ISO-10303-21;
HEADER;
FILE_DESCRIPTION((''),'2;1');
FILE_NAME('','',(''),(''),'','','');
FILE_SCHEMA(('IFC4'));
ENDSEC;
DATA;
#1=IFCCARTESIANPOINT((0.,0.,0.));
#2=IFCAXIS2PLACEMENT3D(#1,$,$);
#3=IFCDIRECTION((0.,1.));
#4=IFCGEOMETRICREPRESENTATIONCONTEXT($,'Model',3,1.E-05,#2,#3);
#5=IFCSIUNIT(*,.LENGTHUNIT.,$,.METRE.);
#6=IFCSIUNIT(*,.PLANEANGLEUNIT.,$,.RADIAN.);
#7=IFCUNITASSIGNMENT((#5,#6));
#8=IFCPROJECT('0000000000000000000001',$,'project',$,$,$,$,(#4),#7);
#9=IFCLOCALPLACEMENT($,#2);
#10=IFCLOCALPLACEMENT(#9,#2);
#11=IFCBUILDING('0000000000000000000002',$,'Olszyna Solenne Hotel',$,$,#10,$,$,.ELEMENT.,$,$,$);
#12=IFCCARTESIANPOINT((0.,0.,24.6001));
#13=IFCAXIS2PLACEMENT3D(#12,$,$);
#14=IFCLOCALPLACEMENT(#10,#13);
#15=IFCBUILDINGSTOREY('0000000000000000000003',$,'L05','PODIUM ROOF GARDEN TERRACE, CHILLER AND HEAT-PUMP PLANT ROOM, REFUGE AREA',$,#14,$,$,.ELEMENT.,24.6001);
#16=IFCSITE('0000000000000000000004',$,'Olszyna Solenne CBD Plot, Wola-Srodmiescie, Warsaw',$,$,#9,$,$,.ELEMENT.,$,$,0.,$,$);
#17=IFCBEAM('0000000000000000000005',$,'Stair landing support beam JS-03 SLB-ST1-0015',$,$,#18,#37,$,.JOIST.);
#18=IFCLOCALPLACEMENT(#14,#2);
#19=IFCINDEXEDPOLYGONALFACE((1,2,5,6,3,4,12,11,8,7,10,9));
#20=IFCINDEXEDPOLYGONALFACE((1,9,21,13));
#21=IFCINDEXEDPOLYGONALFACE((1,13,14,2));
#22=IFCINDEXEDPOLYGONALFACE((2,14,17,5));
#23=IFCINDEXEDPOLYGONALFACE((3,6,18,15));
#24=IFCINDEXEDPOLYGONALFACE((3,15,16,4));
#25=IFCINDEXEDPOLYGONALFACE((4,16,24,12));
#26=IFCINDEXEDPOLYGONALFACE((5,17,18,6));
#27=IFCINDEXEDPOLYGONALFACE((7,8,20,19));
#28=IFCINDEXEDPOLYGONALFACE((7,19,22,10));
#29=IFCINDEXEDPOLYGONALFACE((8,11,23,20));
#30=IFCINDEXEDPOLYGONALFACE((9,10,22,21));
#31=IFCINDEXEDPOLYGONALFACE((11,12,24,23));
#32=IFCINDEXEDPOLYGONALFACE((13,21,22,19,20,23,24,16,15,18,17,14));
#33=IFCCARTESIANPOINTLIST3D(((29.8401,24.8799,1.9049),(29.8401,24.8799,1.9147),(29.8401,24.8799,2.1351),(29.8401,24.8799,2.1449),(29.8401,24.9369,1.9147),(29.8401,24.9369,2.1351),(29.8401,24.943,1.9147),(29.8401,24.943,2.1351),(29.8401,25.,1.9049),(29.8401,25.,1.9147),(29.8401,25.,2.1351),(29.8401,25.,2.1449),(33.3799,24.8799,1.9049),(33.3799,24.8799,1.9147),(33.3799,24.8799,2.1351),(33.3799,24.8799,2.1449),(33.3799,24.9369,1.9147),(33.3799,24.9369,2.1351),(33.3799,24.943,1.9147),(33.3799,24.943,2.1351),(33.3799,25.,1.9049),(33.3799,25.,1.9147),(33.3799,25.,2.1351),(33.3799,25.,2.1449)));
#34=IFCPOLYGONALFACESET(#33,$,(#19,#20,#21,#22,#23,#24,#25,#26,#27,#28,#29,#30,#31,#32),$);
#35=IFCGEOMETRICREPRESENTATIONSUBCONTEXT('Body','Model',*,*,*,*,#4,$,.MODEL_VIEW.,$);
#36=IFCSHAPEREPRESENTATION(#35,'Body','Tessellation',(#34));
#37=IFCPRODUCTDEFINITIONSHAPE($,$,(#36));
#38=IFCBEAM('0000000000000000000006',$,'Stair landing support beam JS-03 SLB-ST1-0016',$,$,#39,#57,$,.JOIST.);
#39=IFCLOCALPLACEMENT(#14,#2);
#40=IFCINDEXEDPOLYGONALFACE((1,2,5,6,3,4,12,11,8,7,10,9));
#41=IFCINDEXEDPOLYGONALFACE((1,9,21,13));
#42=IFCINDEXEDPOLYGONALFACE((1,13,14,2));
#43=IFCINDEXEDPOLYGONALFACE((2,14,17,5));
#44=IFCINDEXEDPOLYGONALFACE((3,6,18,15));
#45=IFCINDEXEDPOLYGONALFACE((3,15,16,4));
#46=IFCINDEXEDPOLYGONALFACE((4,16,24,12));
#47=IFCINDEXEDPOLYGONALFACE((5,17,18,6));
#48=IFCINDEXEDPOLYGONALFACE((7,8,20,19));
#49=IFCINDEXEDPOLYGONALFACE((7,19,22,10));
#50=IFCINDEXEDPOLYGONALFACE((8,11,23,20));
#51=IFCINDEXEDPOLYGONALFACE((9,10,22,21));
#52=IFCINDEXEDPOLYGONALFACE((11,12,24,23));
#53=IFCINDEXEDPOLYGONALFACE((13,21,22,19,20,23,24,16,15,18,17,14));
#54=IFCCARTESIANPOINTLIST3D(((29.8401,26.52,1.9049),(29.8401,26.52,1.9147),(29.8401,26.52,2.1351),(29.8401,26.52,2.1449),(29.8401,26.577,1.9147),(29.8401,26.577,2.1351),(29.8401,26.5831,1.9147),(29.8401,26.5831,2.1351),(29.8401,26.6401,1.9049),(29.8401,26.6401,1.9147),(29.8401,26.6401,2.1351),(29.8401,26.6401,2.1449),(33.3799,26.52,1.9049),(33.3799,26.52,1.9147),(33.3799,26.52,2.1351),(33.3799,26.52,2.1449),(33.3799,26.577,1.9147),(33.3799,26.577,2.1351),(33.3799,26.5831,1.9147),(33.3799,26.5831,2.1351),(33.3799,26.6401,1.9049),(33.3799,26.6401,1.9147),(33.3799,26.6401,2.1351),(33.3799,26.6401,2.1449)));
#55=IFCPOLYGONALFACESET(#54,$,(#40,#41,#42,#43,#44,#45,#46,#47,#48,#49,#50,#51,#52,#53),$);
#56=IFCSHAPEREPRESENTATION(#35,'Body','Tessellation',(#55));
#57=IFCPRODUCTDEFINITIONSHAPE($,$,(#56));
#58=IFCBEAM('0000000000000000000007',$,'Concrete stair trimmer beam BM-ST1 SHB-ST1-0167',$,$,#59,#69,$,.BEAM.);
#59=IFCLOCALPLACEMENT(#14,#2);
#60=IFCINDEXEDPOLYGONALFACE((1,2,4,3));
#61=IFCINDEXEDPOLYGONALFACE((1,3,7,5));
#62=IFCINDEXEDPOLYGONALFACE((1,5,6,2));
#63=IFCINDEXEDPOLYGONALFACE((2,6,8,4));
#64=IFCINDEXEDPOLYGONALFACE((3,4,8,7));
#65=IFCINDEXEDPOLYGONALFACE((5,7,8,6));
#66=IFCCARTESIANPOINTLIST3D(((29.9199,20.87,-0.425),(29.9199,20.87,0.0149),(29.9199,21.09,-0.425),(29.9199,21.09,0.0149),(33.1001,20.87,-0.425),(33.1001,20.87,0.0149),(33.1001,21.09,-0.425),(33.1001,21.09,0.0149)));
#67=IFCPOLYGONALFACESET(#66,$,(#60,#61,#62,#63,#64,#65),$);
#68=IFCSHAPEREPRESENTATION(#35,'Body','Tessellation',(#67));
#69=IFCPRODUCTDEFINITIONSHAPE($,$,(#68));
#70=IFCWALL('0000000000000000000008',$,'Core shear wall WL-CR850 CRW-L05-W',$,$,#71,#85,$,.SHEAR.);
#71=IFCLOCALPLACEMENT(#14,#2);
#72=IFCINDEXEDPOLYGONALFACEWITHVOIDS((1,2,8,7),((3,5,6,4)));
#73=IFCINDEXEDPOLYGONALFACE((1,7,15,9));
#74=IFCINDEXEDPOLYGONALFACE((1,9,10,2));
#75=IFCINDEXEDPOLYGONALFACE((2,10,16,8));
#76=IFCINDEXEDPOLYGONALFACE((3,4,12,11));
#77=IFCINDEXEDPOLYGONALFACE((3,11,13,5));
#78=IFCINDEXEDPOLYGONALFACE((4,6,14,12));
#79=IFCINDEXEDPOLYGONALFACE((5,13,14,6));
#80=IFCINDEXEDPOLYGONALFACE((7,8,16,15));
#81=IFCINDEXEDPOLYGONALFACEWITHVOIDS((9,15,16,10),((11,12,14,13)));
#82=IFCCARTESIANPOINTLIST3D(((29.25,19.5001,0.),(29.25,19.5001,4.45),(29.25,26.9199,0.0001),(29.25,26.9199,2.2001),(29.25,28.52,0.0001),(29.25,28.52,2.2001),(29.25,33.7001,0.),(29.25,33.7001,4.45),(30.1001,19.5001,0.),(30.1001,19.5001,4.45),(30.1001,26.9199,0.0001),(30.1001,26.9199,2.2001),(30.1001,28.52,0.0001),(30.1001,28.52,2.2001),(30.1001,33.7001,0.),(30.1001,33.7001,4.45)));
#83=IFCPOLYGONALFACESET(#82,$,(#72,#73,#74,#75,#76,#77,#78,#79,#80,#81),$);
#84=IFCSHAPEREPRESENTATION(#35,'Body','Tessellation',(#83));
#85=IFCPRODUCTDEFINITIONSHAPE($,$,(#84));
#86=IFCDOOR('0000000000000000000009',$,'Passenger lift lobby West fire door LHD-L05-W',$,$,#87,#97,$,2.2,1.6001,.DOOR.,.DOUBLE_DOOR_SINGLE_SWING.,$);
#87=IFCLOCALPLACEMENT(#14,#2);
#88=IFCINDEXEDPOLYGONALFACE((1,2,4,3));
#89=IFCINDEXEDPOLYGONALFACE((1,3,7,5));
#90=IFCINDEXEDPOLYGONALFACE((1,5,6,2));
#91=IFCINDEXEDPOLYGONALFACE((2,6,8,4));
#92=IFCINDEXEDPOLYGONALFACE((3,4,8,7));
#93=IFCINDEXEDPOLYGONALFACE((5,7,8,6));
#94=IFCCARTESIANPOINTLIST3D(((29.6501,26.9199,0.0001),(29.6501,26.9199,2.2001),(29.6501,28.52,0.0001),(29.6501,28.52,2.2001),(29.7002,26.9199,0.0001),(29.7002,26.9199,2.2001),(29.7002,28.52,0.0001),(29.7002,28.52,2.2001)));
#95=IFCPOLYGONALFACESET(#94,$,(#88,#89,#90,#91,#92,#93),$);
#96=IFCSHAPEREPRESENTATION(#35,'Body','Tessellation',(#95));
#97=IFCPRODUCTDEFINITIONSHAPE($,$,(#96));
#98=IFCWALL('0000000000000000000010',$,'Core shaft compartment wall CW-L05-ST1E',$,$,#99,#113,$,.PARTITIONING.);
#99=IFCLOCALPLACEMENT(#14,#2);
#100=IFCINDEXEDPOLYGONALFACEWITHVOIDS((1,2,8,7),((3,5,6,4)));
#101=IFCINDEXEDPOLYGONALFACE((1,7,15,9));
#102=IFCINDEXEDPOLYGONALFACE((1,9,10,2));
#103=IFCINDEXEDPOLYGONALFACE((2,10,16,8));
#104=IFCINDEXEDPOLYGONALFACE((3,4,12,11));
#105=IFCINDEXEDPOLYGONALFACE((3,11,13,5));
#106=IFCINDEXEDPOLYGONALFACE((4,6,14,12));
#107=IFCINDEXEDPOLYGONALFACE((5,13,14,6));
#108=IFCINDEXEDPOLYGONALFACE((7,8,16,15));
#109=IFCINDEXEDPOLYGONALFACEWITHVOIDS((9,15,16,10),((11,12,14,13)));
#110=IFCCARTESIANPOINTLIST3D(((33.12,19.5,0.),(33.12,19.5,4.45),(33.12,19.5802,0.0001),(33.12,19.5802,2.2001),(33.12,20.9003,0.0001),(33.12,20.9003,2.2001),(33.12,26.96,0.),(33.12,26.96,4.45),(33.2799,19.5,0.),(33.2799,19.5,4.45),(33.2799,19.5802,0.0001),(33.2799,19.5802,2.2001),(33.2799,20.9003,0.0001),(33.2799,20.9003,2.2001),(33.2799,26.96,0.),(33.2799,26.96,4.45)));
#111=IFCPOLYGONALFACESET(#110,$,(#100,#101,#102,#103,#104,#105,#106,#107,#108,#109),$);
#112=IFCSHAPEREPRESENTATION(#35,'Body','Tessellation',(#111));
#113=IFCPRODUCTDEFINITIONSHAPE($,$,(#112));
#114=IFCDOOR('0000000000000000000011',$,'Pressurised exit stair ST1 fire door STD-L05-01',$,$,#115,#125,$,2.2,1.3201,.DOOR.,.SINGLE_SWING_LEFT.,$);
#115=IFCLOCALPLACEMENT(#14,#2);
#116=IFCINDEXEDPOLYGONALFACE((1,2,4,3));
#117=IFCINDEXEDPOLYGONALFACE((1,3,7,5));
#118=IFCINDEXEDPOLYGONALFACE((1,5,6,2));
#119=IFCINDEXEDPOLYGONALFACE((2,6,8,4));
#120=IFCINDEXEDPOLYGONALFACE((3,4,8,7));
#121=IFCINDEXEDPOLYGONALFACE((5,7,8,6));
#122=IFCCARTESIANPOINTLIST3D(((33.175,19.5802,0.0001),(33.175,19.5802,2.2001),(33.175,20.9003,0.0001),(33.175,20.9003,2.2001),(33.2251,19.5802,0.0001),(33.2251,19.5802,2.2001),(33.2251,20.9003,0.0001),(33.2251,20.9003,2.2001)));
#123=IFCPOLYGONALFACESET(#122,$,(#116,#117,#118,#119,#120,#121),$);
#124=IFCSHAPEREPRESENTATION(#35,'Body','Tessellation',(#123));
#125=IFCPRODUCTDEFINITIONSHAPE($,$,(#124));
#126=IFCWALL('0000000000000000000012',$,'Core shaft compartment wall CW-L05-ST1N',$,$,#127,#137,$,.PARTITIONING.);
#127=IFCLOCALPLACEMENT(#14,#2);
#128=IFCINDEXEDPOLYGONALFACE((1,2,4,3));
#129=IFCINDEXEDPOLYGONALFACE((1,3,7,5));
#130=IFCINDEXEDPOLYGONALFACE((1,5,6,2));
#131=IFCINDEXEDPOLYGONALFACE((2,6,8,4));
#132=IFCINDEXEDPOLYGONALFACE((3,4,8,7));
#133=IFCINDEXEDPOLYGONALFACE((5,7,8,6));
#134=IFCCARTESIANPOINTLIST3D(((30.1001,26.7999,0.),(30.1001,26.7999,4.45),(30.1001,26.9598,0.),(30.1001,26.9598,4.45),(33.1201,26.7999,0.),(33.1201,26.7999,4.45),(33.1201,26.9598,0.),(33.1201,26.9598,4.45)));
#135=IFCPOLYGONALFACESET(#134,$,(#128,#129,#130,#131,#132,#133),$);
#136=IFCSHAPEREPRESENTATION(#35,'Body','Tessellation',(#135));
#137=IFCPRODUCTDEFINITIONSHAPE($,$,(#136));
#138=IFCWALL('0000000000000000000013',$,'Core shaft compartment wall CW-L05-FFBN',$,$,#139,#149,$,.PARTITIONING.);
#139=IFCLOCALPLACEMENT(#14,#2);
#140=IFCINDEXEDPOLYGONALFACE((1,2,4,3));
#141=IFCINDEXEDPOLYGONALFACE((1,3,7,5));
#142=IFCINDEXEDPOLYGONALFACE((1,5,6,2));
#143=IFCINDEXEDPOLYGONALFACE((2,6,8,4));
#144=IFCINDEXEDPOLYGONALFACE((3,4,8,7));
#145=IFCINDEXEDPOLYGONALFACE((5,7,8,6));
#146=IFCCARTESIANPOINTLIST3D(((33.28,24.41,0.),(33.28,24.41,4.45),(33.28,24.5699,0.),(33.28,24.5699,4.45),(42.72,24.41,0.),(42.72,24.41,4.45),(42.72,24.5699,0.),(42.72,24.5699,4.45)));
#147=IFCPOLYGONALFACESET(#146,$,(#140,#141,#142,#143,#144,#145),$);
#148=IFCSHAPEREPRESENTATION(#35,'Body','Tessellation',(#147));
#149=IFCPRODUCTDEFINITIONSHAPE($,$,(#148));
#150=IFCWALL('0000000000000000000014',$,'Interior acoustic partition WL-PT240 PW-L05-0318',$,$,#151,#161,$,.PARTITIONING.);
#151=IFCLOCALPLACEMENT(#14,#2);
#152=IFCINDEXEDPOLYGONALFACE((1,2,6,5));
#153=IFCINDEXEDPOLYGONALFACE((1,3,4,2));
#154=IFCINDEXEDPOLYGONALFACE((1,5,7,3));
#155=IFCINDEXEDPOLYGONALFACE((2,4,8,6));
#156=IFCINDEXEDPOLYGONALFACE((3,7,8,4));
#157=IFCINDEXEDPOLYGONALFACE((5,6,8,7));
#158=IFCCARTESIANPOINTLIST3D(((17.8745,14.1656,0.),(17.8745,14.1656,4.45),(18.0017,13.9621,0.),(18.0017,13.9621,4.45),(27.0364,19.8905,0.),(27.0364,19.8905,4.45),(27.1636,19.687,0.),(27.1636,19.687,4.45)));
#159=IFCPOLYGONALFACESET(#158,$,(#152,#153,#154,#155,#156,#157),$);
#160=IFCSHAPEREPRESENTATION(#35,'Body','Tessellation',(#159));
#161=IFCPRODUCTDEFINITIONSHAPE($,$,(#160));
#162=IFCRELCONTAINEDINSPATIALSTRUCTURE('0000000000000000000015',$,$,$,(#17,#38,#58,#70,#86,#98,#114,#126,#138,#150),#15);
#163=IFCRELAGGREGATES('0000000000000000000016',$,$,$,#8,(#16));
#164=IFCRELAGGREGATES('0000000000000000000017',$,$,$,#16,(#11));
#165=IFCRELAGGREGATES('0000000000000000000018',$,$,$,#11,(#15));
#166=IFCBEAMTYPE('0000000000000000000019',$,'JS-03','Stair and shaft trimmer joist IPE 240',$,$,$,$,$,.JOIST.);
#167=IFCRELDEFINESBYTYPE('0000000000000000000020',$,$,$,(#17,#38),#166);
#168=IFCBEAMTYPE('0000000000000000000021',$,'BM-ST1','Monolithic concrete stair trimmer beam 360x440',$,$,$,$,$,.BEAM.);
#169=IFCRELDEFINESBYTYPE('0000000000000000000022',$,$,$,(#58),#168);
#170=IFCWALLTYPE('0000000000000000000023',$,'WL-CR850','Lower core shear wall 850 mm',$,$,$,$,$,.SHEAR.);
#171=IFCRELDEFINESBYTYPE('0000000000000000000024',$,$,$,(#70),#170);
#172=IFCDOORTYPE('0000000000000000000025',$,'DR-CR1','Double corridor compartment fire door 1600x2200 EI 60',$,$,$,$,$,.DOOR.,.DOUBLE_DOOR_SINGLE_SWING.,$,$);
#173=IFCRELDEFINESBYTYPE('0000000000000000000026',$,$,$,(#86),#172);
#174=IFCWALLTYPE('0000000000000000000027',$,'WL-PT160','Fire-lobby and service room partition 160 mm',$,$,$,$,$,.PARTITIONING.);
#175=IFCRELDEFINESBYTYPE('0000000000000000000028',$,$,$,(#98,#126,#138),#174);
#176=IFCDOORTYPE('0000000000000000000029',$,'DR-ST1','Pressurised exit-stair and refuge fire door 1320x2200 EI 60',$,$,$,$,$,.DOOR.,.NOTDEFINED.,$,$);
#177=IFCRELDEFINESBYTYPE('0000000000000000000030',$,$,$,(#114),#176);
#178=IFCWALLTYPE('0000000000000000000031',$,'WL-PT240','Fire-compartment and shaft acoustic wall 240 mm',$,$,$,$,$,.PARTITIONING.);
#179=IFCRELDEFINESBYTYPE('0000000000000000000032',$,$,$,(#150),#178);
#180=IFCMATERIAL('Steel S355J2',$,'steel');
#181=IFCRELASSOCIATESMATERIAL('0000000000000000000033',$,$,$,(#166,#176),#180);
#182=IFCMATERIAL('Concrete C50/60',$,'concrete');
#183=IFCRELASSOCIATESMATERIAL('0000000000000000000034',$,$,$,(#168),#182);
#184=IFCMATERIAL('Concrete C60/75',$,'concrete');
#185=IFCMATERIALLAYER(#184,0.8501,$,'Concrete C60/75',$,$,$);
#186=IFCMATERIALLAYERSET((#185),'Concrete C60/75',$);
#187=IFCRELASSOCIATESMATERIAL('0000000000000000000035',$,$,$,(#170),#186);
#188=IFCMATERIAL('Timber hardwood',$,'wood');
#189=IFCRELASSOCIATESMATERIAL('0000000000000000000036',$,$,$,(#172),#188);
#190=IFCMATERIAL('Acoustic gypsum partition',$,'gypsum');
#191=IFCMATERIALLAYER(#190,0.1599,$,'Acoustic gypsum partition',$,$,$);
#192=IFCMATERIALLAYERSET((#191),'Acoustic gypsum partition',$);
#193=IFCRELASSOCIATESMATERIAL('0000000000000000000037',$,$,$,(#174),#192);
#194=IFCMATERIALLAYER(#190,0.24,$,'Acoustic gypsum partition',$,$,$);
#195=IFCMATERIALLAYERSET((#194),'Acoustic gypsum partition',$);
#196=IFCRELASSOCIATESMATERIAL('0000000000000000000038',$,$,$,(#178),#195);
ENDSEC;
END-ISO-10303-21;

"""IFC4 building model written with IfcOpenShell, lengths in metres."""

from ifc_helpers import new_model, si_unit, direction, frame, frame_2d, origin, origin_2d, place, context, subcontext, project, spatial, rectangle, i_section, extrude, source, transform, mapped, material, layer, layer_set, material_profile, profile_set, type_object, type_shapes, element, fill, save


model = new_model("IFC4")

# Units and contexts
model_context = context("Model", 3, precision=1e-05, world=origin(), true_north=direction((0.0, 1.0)))
body_context = subcontext(model_context, "Body", "Model", "MODEL_VIEW")
ifc_project = project(units=[si_unit("LENGTHUNIT", "METRE"), si_unit("PLANEANGLEUNIT", "RADIAN")], contexts=[model_context])

# Site, building, storey
site_placement = place(None, origin())
site = spatial("IfcSite", under=ifc_project, at=site_placement, Name="Olszyna Solenne CBD Plot, Wola-Srodmiescie, Warsaw", CompositionType="ELEMENT", RefElevation=0.0)
building_placement = place(site_placement, origin())
building = spatial("IfcBuilding", under=site, at=building_placement, Name="Olszyna Solenne Hotel", CompositionType="ELEMENT")
storey_placement = place(building_placement, frame((0.0, 0.0, 24.6001)))
storey = spatial("IfcBuildingStorey", under=building, at=storey_placement, Name="L05", Description="PODIUM ROOF GARDEN TERRACE, CHILLER AND HEAT-PUMP PLANT ROOM, REFUGE AREA", CompositionType="ELEMENT", Elevation=24.6001)

# Beams
ifc_material_1 = material(Name="Steel S355J2", Category="steel")
ifc_material_profile_1 = material_profile(ifc_material_1, i_section(OverallWidth=0.1201, OverallDepth=0.24, WebThickness=0.0061, FlangeThickness=0.0098, at=origin_2d()), Name="IPE 240", Category="load-bearing")
ifc_profile_set_1 = profile_set([ifc_material_profile_1], Name="Steel S355J2")
beam_type_1 = type_object("IfcBeamType", Name="JS-03", Description="Stair and shaft trimmer joist IPE 240", PredefinedType="JOIST", material=ifc_profile_set_1)
shared_shape_1 = source(origin(), body_context, "Body", "SweptSolid", [
    extrude(i_section(OverallWidth=0.1201, OverallDepth=0.24, WebThickness=0.0061, FlangeThickness=0.0098, at=origin_2d()), origin(), (0.0, 0.0, 1.0), 3.5398),
])
for number, where, z_axis, x_axis, name in (
    (1, (33.3799, 24.9399, 2.0249), (-1.0, 0.0, 0.0), (0.0, -1.0, 0.0), "Stair landing support beam JS-03 SLB-ST1-0015"),
    (2, (33.3799, 26.5801, 2.0249), (-1.0, 0.0, 0.0), (0.0, -1.0, 0.0), "Stair landing support beam JS-03 SLB-ST1-0016"),
):
    element("IfcBeam", number, at=place(storey_placement, frame(where, z_axis=z_axis, x_axis=x_axis)), inside=storey, type_object=beam_type_1, Name=name, PredefinedType="JOIST", context=body_context, shape_type="MappedRepresentation", body=[
        mapped(shared_shape_1, transform((0.0, 0.0, 0.0), x_axis=(1.0, 0.0, 0.0), y_axis=(0.0, 1.0, 0.0), z_axis=(0.0, 0.0, 1.0), scale=1.0)),
    ])
ifc_material_2 = material(Name="Concrete C50/60", Category="concrete")
ifc_material_profile_2 = material_profile(ifc_material_2, rectangle(XDim=0.22, YDim=0.4399, at=origin_2d()), Name="RC 220x440", Category="load-bearing")
ifc_profile_set_2 = profile_set([ifc_material_profile_2], Name="Concrete C50/60")
beam_type_2 = type_object("IfcBeamType", Name="BM-ST1", Description="Monolithic concrete stair trimmer beam 360x440", PredefinedType="BEAM", material=ifc_profile_set_2)
shared_shape_2 = source(origin(), body_context, "Body", "SweptSolid", [
    extrude(rectangle(XDim=0.22, YDim=0.4399, at=origin_2d()), origin(), (0.0, 0.0, 1.0), 3.1802),
])
beam_placement = place(storey_placement, frame((33.1001, 20.98, -0.2051), z_axis=(-1.0, 0.0, 0.0), x_axis=(0.0, -1.0, 0.0)))
element("IfcBeam", 3, at=beam_placement, inside=storey, type_object=beam_type_2, Name="Concrete stair trimmer beam BM-ST1 SHB-ST1-0167", PredefinedType="BEAM", context=body_context, shape_type="MappedRepresentation", body=[
    mapped(shared_shape_2, transform((0.0, 0.0, 0.0), x_axis=(1.0, 0.0, 0.0), y_axis=(0.0, 1.0, 0.0), z_axis=(0.0, 0.0, 1.0), scale=1.0)),
])

# Walls, openings, doors
ifc_material_3 = material(Name="Concrete C60/75", Category="concrete")
ifc_layer_1 = layer(ifc_material_3, 0.8501, Name="Concrete C60/75")
ifc_layer_set_1 = layer_set([ifc_layer_1], Name="Concrete C60/75")
wall_type_1 = type_object("IfcWallType", Name="WL-CR850", Description="Lower core shear wall 850 mm", PredefinedType="SHEAR", material=ifc_layer_set_1)
wall_1_placement = place(storey_placement, frame((29.675, 19.5, 0.0), z_axis=(0.0, 0.0, 1.0), x_axis=(0.0, 1.0, 0.0)))
wall_1 = element("IfcWall", 4, at=wall_1_placement, inside=storey, type_object=wall_type_1, Name="Core shear wall WL-CR850 CRW-L05-W", PredefinedType="SHEAR", context=body_context, shape_type="SweptSolid", body=[
    extrude(rectangle(XDim=14.2, YDim=0.8501, at=frame_2d((7.1001, 0.0))), origin(), (0.0, 0.0, 1.0), 4.45),
])
opening_1_placement = place(wall_1_placement, frame((7.4199, 0.0, 0.0)))
opening_1 = element("IfcOpeningElement", 5, at=opening_1_placement, cuts=wall_1, PredefinedType="OPENING", context=body_context, shape_type="SweptSolid", body=[
    extrude(rectangle(XDim=1.6001, YDim=2.2, at=frame_2d((0.8, 1.1001))), frame((0.0, 0.4351, 0.0), z_axis=(0.0, -1.0, 0.0), x_axis=(1.0, 0.0, 0.0)), (0.0, 0.0, 1.0), 0.8701),
])
ifc_material_4 = material(Name="Timber hardwood", Category="wood")
door_type_1 = type_object("IfcDoorType", Name="DR-CR1", Description="Double corridor compartment fire door 1600x2200 EI 60", OperationType="DOUBLE_DOOR_SINGLE_SWING", PredefinedType="DOOR", material=ifc_material_4)
shared_shape_3 = source(origin(), body_context, "Body", "SweptSolid", [
    extrude(rectangle(XDim=1.6001, YDim=2.2, at=frame_2d((0.8, 1.1001))), frame((0.0, 0.0249, 0.0), z_axis=(0.0, -1.0, 0.0), x_axis=(1.0, 0.0, 0.0)), (0.0, 0.0, 1.0), 0.05),
])
type_shapes(door_type_1, [shared_shape_3])
door_1_placement = place(opening_1_placement, origin())
door_1 = element("IfcDoor", 6, at=door_1_placement, inside=storey, type_object=door_type_1, Name="Passenger lift lobby West fire door LHD-L05-W", OperationType="DOUBLE_DOOR_SINGLE_SWING", OverallHeight=2.2, OverallWidth=1.6001, PredefinedType="DOOR", context=body_context, shape_type="MappedRepresentation", body=[
    mapped(shared_shape_3, transform((0.0, 0.0, 0.0), x_axis=(1.0, 0.0, 0.0), y_axis=(0.0, 1.0, 0.0), z_axis=(0.0, 0.0, 1.0), scale=1.0)),
])
fill(opening_1, door_1)
ifc_material_5 = material(Name="Acoustic gypsum partition", Category="gypsum")
ifc_layer_2 = layer(ifc_material_5, 0.1599, Name="Acoustic gypsum partition")
ifc_layer_set_2 = layer_set([ifc_layer_2], Name="Acoustic gypsum partition")
wall_type_2 = type_object("IfcWallType", Name="WL-PT160", Description="Fire-lobby and service room partition 160 mm", PredefinedType="PARTITIONING", material=ifc_layer_set_2)
wall_2_placement = place(storey_placement, frame((33.2, 19.5, 0.0), z_axis=(0.0, 0.0, 1.0), x_axis=(0.0, 1.0, 0.0)))
wall_2 = element("IfcWall", 7, at=wall_2_placement, inside=storey, type_object=wall_type_2, Name="Core shaft compartment wall CW-L05-ST1E", PredefinedType="PARTITIONING", context=body_context, shape_type="SweptSolid", body=[
    extrude(rectangle(XDim=7.46, YDim=0.1599, at=frame_2d((3.73, 0.0))), origin(), (0.0, 0.0, 1.0), 4.45),
])
opening_2_placement = place(wall_2_placement, frame((0.0801, 0.0, 0.0)))
opening_2 = element("IfcOpeningElement", 8, at=opening_2_placement, cuts=wall_2, PredefinedType="OPENING", context=body_context, shape_type="SweptSolid", body=[
    extrude(rectangle(XDim=1.3201, YDim=2.2, at=frame_2d((0.6602, 1.1001))), frame((0.0, 0.0898, 0.0), z_axis=(0.0, -1.0, 0.0), x_axis=(1.0, 0.0, 0.0)), (0.0, 0.0, 1.0), 0.1799),
])
door_type_2 = type_object("IfcDoorType", Name="DR-ST1", Description="Pressurised exit-stair and refuge fire door 1320x2200 EI 60", OperationType="NOTDEFINED", PredefinedType="DOOR", material=ifc_material_1)
shared_shape_4 = source(origin(), body_context, "Body", "SweptSolid", [
    extrude(rectangle(XDim=1.3201, YDim=2.2, at=frame_2d((0.6602, 1.1001))), frame((0.0, 0.0249, 0.0), z_axis=(0.0, -1.0, 0.0), x_axis=(1.0, 0.0, 0.0)), (0.0, 0.0, 1.0), 0.05),
])
type_shapes(door_type_2, [shared_shape_4])
door_2_placement = place(opening_2_placement, origin())
door_2 = element("IfcDoor", 9, at=door_2_placement, inside=storey, type_object=door_type_2, Name="Pressurised exit stair ST1 fire door STD-L05-01", OperationType="SINGLE_SWING_LEFT", OverallHeight=2.2, OverallWidth=1.3201, PredefinedType="DOOR", context=body_context, shape_type="MappedRepresentation", body=[
    mapped(shared_shape_4, transform((0.0, 0.0, 0.0), x_axis=(1.0, 0.0, 0.0), y_axis=(0.0, 1.0, 0.0), z_axis=(0.0, 0.0, 1.0), scale=1.0)),
])
fill(opening_2, door_2)

# Walls
wall_3_placement = place(storey_placement, frame((30.1001, 26.8799, 0.0), z_axis=(0.0, 0.0, 1.0), x_axis=(1.0, 0.0, 0.0)))
element("IfcWall", 10, at=wall_3_placement, inside=storey, type_object=wall_type_2, Name="Core shaft compartment wall CW-L05-ST1N", PredefinedType="PARTITIONING", context=body_context, shape_type="SweptSolid", body=[
    extrude(rectangle(XDim=3.02, YDim=0.1599, at=frame_2d((1.51, 0.0))), origin(), (0.0, 0.0, 1.0), 4.45),
])
wall_4_placement = place(storey_placement, frame((33.28, 24.49, 0.0), z_axis=(0.0, 0.0, 1.0), x_axis=(1.0, 0.0, 0.0)))
element("IfcWall", 11, at=wall_4_placement, inside=storey, type_object=wall_type_2, Name="Core shaft compartment wall CW-L05-FFBN", PredefinedType="PARTITIONING", context=body_context, shape_type="SweptSolid", body=[
    extrude(rectangle(XDim=9.4399, YDim=0.1599, at=frame_2d((4.72, 0.0))), origin(), (0.0, 0.0, 1.0), 4.45),
])
ifc_layer_3 = layer(ifc_material_5, 0.24, Name="Acoustic gypsum partition")
ifc_layer_set_3 = layer_set([ifc_layer_3], Name="Acoustic gypsum partition")
wall_type_3 = type_object("IfcWallType", Name="WL-PT240", Description="Fire-compartment and shaft acoustic wall 240 mm", PredefinedType="PARTITIONING", material=ifc_layer_set_3)
wall_5_placement = place(storey_placement, frame((27.1001, 19.7888, 0.0), z_axis=(0.0, 0.0, 1.0), x_axis=(-0.848053, -0.529912, 0.0)))
element("IfcWall", 12, at=wall_5_placement, inside=storey, type_object=wall_type_3, Name="Interior acoustic partition WL-PT240 PW-L05-0318", PredefinedType="PARTITIONING", context=body_context, shape_type="SweptSolid", body=[
    extrude(rectangle(XDim=10.8035, YDim=0.24, at=frame_2d((5.4019, 0.0))), origin(), (0.0, 0.0, 1.0), 4.45),
])

save(model, "model.ifc")
